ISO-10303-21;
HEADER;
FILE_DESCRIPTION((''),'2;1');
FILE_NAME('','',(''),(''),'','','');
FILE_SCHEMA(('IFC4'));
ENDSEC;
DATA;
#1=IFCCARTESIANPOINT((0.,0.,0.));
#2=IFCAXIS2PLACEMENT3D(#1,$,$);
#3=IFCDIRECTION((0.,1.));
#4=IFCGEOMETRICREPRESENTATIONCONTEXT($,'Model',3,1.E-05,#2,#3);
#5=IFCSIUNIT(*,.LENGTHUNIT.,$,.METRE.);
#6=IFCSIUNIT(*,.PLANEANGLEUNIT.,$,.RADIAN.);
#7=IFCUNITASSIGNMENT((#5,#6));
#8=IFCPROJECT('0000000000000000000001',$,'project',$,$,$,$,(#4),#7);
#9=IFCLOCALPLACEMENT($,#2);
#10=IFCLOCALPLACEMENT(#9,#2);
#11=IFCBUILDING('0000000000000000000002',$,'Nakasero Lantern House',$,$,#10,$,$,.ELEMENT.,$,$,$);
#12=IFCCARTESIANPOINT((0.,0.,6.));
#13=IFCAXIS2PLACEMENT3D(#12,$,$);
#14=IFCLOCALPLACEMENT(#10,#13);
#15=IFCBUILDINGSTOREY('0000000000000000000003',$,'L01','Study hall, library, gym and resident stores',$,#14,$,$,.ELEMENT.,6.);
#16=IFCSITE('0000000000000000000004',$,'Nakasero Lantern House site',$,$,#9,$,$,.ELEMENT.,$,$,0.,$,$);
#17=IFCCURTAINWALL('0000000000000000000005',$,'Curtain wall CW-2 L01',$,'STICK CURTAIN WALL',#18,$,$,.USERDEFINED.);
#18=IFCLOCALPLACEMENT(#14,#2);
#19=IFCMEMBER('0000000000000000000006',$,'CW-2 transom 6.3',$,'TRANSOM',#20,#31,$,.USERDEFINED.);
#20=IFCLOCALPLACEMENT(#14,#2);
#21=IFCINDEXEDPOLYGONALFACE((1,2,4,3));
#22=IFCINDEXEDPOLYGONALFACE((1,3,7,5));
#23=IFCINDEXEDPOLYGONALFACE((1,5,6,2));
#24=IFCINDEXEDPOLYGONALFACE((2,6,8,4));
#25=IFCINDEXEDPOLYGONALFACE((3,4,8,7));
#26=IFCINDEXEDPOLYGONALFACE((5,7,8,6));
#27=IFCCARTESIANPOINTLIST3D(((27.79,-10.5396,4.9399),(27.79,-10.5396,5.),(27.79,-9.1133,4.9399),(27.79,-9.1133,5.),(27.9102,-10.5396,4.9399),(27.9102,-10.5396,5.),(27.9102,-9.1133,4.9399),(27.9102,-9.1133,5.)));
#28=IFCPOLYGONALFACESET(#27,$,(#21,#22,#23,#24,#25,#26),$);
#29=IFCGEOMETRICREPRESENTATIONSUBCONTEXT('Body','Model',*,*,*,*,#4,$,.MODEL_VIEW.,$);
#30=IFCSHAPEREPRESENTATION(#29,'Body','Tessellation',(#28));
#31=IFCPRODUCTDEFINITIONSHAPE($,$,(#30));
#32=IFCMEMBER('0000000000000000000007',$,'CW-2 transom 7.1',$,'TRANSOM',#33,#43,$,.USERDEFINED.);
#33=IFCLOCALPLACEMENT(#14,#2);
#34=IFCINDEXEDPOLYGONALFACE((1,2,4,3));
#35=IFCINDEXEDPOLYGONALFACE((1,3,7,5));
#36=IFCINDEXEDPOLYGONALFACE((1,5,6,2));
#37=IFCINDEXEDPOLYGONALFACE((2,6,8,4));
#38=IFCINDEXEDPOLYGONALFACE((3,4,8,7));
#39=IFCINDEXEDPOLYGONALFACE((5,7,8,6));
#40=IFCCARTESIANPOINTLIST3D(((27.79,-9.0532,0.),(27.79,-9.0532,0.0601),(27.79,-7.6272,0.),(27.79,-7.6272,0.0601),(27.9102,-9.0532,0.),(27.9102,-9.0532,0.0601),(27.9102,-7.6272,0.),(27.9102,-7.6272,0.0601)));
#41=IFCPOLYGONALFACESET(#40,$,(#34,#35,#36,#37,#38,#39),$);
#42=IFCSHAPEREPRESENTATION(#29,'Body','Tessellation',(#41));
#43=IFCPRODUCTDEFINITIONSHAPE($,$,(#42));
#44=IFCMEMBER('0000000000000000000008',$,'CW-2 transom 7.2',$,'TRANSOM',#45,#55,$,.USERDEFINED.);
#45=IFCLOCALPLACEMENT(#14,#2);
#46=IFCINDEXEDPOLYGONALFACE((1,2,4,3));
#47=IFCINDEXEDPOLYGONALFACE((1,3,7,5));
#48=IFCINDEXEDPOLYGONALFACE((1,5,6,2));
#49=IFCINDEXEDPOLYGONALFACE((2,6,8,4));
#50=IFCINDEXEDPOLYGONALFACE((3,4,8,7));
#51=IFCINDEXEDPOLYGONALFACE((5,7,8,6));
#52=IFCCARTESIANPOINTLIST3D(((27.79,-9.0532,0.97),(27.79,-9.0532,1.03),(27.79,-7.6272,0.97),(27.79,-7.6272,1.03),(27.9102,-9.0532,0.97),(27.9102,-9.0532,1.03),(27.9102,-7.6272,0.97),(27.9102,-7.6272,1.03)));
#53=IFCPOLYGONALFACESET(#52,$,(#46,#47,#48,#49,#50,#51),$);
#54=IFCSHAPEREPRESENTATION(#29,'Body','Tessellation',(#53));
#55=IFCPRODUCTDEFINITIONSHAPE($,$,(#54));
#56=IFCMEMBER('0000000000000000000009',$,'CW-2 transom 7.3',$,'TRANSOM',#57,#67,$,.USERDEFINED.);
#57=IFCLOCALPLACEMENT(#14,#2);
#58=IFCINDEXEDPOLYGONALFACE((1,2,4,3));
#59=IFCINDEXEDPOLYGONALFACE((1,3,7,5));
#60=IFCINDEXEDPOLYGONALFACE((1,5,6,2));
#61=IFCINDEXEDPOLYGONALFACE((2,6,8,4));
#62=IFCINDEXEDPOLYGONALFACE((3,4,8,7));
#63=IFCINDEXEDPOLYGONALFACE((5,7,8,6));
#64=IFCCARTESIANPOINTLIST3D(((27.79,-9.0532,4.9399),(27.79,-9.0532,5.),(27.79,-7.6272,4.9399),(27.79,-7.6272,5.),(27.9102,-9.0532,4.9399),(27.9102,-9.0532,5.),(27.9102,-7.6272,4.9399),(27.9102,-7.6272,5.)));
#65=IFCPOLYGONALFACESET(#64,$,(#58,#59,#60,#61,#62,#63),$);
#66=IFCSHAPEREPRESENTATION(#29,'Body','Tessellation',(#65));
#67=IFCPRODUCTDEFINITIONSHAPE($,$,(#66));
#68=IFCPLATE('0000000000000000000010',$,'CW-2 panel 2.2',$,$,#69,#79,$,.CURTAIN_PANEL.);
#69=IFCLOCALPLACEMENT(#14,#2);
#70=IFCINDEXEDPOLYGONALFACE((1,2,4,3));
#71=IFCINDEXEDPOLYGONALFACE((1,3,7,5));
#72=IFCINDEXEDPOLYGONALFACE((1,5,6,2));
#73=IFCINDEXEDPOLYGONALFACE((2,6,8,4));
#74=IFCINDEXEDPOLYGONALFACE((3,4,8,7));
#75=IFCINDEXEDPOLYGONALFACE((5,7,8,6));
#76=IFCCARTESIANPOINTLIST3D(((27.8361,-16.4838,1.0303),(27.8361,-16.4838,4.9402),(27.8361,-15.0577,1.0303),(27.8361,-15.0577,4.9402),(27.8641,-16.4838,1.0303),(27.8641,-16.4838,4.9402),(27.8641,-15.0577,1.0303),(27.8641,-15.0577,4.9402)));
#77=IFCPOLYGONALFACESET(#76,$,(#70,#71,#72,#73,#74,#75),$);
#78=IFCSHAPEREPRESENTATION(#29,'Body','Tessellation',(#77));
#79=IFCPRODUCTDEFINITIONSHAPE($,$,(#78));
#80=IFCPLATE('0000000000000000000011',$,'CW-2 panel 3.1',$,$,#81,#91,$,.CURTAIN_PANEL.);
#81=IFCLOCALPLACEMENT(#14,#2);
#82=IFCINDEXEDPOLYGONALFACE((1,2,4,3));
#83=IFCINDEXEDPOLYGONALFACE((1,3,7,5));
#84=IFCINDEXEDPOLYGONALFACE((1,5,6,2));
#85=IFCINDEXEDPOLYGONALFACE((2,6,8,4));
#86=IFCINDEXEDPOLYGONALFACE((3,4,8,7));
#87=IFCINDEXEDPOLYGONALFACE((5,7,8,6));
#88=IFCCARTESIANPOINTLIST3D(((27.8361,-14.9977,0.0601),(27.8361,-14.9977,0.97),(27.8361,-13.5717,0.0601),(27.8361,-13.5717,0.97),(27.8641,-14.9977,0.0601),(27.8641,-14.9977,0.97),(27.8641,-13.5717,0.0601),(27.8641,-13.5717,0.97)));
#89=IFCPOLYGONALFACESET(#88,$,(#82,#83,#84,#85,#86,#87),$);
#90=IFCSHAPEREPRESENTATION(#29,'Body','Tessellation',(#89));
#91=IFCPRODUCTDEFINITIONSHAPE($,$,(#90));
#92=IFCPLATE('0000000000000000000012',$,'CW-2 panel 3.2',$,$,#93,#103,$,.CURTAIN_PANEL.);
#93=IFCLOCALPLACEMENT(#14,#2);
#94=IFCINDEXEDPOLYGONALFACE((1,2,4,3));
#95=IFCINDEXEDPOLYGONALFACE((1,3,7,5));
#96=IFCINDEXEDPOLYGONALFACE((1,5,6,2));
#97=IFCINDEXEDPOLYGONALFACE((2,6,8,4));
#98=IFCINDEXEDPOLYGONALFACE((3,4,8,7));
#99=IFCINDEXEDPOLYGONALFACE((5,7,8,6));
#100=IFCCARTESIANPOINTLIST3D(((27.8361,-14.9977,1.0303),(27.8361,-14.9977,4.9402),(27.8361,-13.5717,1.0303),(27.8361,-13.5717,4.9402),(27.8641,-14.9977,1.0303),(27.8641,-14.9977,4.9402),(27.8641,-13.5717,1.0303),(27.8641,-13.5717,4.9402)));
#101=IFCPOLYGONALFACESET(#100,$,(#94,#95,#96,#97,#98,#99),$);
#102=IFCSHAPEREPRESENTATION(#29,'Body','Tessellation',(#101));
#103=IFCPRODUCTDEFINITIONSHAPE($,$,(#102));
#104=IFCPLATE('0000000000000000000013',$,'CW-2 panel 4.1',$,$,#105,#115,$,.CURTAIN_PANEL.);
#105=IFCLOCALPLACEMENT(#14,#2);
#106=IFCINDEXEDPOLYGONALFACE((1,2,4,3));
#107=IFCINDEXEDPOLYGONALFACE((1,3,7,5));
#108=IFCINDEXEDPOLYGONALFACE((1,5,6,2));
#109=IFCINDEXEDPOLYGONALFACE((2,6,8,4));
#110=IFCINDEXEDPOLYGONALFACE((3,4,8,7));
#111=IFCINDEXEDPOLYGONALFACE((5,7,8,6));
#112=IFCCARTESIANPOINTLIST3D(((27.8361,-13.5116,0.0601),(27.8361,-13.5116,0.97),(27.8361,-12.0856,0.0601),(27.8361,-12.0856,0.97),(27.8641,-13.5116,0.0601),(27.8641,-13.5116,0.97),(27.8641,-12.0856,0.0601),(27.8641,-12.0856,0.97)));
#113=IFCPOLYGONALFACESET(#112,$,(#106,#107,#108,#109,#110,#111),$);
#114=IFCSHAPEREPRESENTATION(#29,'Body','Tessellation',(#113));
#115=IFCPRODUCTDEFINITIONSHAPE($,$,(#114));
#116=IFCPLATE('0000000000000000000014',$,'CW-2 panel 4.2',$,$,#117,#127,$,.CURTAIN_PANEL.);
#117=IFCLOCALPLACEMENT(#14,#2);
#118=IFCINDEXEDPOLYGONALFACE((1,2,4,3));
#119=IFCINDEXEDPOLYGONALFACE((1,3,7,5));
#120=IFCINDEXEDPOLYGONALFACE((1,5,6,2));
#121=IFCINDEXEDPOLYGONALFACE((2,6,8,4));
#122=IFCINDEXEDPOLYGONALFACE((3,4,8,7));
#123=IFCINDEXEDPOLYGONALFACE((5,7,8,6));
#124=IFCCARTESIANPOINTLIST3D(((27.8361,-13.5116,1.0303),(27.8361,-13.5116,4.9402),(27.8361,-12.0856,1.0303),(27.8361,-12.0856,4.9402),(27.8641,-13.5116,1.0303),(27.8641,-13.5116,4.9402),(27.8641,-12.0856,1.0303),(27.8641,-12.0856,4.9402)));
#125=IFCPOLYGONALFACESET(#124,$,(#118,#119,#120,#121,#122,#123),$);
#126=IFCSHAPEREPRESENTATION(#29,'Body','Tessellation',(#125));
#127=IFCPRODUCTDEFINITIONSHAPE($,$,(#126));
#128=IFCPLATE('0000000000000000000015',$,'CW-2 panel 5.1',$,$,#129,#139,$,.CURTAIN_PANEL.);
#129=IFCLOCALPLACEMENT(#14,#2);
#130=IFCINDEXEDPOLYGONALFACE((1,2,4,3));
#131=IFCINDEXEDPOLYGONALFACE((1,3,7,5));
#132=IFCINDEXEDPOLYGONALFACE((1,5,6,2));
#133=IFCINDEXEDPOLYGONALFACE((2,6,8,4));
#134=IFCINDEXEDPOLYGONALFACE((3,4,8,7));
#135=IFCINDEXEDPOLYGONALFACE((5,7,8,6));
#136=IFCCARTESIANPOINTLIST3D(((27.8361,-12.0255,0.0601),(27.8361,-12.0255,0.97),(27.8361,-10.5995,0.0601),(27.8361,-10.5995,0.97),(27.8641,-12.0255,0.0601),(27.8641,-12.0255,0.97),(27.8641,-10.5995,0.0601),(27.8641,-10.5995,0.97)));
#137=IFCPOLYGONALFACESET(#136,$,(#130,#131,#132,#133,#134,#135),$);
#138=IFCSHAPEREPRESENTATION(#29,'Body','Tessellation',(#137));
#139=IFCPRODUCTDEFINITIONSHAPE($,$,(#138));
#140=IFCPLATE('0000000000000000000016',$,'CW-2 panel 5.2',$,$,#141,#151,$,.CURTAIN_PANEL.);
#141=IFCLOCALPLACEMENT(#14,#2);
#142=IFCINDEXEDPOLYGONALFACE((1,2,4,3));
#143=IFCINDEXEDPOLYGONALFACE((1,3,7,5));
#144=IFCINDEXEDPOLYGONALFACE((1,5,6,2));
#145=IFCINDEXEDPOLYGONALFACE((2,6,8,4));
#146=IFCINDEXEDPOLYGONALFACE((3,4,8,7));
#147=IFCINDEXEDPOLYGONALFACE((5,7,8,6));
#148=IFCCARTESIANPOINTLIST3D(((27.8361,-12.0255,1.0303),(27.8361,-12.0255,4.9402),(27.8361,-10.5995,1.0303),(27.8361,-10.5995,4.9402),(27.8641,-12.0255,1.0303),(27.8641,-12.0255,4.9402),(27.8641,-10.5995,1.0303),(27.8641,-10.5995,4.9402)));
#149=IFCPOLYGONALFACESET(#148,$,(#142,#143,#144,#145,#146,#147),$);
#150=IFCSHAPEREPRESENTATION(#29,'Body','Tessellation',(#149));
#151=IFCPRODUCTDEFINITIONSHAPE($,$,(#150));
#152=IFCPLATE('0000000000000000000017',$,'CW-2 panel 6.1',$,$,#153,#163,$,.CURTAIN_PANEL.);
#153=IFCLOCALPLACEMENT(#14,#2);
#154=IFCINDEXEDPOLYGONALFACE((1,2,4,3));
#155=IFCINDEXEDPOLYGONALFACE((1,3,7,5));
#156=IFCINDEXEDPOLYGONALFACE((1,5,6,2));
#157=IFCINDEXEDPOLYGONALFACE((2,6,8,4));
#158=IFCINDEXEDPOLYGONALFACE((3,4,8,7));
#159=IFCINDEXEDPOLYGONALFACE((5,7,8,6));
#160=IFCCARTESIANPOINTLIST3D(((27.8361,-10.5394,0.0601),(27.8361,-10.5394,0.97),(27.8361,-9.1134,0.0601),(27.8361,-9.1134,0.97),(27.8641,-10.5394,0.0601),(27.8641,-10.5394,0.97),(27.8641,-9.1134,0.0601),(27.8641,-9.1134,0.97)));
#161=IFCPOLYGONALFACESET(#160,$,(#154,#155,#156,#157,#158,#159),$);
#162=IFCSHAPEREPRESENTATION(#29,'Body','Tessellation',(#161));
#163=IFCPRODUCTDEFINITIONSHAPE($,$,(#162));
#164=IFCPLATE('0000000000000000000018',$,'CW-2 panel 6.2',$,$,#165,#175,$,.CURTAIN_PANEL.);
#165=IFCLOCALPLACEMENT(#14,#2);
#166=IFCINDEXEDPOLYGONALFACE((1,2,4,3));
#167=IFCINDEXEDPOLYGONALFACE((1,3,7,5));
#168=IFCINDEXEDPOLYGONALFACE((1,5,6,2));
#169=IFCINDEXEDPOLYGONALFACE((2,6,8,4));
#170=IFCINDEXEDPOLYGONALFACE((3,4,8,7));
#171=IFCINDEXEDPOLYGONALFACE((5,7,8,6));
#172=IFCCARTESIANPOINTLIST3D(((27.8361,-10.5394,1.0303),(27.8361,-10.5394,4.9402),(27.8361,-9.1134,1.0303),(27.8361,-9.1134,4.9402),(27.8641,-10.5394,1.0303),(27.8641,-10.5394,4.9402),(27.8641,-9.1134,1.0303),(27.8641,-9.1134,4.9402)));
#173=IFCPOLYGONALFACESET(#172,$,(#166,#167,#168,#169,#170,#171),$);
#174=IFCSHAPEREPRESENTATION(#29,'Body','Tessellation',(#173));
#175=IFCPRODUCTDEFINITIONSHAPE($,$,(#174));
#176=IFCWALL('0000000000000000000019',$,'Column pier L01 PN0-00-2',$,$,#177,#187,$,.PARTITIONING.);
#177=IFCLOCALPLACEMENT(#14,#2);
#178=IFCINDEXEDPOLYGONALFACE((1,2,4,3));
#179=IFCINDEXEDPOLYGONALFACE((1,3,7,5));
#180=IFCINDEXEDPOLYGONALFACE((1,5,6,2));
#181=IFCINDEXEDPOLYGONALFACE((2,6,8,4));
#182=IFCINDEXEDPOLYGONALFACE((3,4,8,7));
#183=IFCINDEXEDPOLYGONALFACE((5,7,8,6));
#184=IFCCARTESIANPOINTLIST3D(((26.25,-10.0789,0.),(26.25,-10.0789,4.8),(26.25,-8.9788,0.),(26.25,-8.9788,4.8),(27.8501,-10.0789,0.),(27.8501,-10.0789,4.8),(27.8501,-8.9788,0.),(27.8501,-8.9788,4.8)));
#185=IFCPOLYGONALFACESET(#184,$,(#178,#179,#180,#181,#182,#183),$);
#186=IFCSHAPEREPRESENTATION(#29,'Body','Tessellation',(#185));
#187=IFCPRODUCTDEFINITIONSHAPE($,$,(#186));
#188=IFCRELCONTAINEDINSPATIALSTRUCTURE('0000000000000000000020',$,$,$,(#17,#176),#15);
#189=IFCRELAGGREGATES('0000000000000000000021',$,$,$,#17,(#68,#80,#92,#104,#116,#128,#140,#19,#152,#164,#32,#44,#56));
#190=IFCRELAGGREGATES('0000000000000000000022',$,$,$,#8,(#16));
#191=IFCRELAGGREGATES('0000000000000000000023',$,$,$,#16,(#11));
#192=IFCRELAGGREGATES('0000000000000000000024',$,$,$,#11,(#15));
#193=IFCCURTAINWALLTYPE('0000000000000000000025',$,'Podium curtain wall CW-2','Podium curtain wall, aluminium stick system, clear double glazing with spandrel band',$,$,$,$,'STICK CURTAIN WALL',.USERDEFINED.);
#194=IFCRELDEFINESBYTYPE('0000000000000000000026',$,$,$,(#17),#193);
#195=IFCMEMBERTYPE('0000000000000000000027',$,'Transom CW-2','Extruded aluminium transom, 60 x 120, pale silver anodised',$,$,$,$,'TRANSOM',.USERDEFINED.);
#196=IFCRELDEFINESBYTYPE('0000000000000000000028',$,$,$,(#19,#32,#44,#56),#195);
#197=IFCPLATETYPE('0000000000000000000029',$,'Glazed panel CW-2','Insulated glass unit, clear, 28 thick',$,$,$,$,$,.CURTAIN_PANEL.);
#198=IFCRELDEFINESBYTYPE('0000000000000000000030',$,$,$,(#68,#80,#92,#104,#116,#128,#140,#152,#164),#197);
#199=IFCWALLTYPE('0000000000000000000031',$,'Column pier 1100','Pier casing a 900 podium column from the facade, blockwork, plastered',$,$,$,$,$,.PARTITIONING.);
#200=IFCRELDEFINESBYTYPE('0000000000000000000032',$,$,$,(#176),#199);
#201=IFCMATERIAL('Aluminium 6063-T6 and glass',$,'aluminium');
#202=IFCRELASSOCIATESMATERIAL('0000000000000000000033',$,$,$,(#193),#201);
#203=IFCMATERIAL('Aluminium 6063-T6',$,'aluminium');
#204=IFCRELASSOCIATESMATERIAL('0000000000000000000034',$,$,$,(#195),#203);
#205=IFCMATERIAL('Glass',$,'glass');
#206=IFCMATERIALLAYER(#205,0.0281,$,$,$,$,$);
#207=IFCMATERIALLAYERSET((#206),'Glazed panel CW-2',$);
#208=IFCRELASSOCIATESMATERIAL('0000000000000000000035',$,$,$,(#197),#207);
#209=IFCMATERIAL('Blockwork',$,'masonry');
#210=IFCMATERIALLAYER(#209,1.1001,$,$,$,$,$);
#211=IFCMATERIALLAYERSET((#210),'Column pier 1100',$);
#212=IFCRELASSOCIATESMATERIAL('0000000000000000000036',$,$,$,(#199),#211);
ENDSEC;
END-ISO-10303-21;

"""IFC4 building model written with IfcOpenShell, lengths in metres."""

from ifc_helpers import new_model, si_unit, direction, frame, frame_2d, origin, origin_2d, place, context, subcontext, project, spatial, rectangle, extrude, material, layer, layer_set, material_profile, profile_set, type_object, element, aggregate, save


model = new_model("IFC4")

# Units and contexts
model_context = context("Model", 3, precision=1e-05, world=origin(), true_north=direction((0.0, 1.0)))
body_context = subcontext(model_context, "Body", "Model", "MODEL_VIEW")
ifc_project = project(units=[si_unit("LENGTHUNIT", "METRE"), si_unit("PLANEANGLEUNIT", "RADIAN")], contexts=[model_context])

# Site, building, storey
site_placement = place(None, origin())
site = spatial("IfcSite", under=ifc_project, at=site_placement, Name="Nakasero Lantern House site", CompositionType="ELEMENT", RefElevation=0.0)
building_placement = place(site_placement, origin())
building = spatial("IfcBuilding", under=site, at=building_placement, Name="Nakasero Lantern House", CompositionType="ELEMENT")
storey_placement = place(building_placement, frame((0.0, 0.0, 6.0)))
storey = spatial("IfcBuildingStorey", under=building, at=storey_placement, Name="L01", Description="Study hall, library, gym and resident stores", CompositionType="ELEMENT", Elevation=6.0)

# Curtain wall
ifc_material_1 = material(Name="Aluminium 6063-T6 and glass", Category="aluminium")
curtain_wall_type = type_object("IfcCurtainWallType", Name="Podium curtain wall CW-2", Description="Podium curtain wall, aluminium stick system, clear double glazing with spandrel band", ElementType="STICK CURTAIN WALL", PredefinedType="USERDEFINED", material=ifc_material_1)
curtain_wall_placement = place(storey_placement, origin())
curtain_wall = element("IfcCurtainWall", 1, at=curtain_wall_placement, inside=storey, type_object=curtain_wall_type, Name="Curtain wall CW-2 L01", ObjectType="STICK CURTAIN WALL", PredefinedType="USERDEFINED")

# Members
ifc_material_2 = material(Name="Aluminium 6063-T6", Category="aluminium")
ifc_material_profile_1 = material_profile(ifc_material_2, rectangle(XDim=0.0601, YDim=0.1201, at=origin_2d()), Name="CW-2 transom 60x120")
ifc_profile_set_1 = profile_set([ifc_material_profile_1], Name="Aluminium 6063-T6")
member_type_1 = type_object("IfcMemberType", Name="Transom CW-2", Description="Extruded aluminium transom, 60 x 120, pale silver anodised", ElementType="TRANSOM", PredefinedType="USERDEFINED", material=ifc_profile_set_1)
member_1_placement = place(storey_placement, frame((27.8501, -10.5396, 4.97), z_axis=(0.0, 1.0, 0.0), x_axis=(0.0, 0.0, 1.0)))
member_1 = element("IfcMember", 2, at=member_1_placement, type_object=member_type_1, Name="CW-2 transom 6.3", ObjectType="TRANSOM", PredefinedType="USERDEFINED", context=body_context, shape_type="SweptSolid", body=[
    extrude(rectangle(XDim=0.0601, YDim=0.1201, at=origin_2d()), origin(), (0.0, 0.0, 1.0), 1.4263),
])
member_2_placement = place(storey_placement, frame((27.8501, -9.0532, 0.03), z_axis=(0.0, 1.0, 0.0), x_axis=(0.0, 0.0, 1.0)))
member_2 = element("IfcMember", 3, at=member_2_placement, type_object=member_type_1, Name="CW-2 transom 7.1", ObjectType="TRANSOM", PredefinedType="USERDEFINED", context=body_context, shape_type="SweptSolid", body=[
    extrude(rectangle(XDim=0.0601, YDim=0.1201, at=origin_2d()), origin(), (0.0, 0.0, 1.0), 1.426),
])
member_3_placement = place(storey_placement, frame((27.8501, -9.0532, 1.0), z_axis=(0.0, 1.0, 0.0), x_axis=(0.0, 0.0, 1.0)))
member_3 = element("IfcMember", 4, at=member_3_placement, type_object=member_type_1, Name="CW-2 transom 7.2", ObjectType="TRANSOM", PredefinedType="USERDEFINED", context=body_context, shape_type="SweptSolid", body=[
    extrude(rectangle(XDim=0.0601, YDim=0.1201, at=origin_2d()), origin(), (0.0, 0.0, 1.0), 1.426),
])
member_4_placement = place(storey_placement, frame((27.8501, -9.0532, 4.97), z_axis=(0.0, 1.0, 0.0), x_axis=(0.0, 0.0, 1.0)))
member_4 = element("IfcMember", 5, at=member_4_placement, type_object=member_type_1, Name="CW-2 transom 7.3", ObjectType="TRANSOM", PredefinedType="USERDEFINED", context=body_context, shape_type="SweptSolid", body=[
    extrude(rectangle(XDim=0.0601, YDim=0.1201, at=origin_2d()), origin(), (0.0, 0.0, 1.0), 1.426),
])

# Plates
ifc_material_3 = material(Name="Glass", Category="glass")
ifc_layer_1 = layer(ifc_material_3, 0.0281)
ifc_layer_set_1 = layer_set([ifc_layer_1], Name="Glazed panel CW-2")
plate_type = type_object("IfcPlateType", Name="Glazed panel CW-2", Description="Insulated glass unit, clear, 28 thick", PredefinedType="CURTAIN_PANEL", material=ifc_layer_set_1)
plate_1_placement = place(storey_placement, frame((27.8501, -15.7708, 1.0303), z_axis=(0.0, 0.0, 1.0), x_axis=(0.0, 1.0, 0.0)))
plate_1 = element("IfcPlate", 6, at=plate_1_placement, type_object=plate_type, Name="CW-2 panel 2.2", PredefinedType="CURTAIN_PANEL", context=body_context, shape_type="SweptSolid", body=[
    extrude(rectangle(XDim=1.426, YDim=0.0281, at=origin_2d()), origin(), (0.0, 0.0, 1.0), 3.9099),
])
plate_2_placement = place(storey_placement, frame((27.8501, -14.2847, 0.0601), z_axis=(0.0, 0.0, 1.0), x_axis=(0.0, 1.0, 0.0)))
plate_2 = element("IfcPlate", 7, at=plate_2_placement, type_object=plate_type, Name="CW-2 panel 3.1", PredefinedType="CURTAIN_PANEL", context=body_context, shape_type="SweptSolid", body=[
    extrude(rectangle(XDim=1.426, YDim=0.0281, at=origin_2d()), origin(), (0.0, 0.0, 1.0), 0.9099),
])
plate_3_placement = place(storey_placement, frame((27.8501, -14.2847, 1.0303), z_axis=(0.0, 0.0, 1.0), x_axis=(0.0, 1.0, 0.0)))
plate_3 = element("IfcPlate", 8, at=plate_3_placement, type_object=plate_type, Name="CW-2 panel 3.2", PredefinedType="CURTAIN_PANEL", context=body_context, shape_type="SweptSolid", body=[
    extrude(rectangle(XDim=1.426, YDim=0.0281, at=origin_2d()), origin(), (0.0, 0.0, 1.0), 3.9099),
])
plate_4_placement = place(storey_placement, frame((27.8501, -12.7986, 0.0601), z_axis=(0.0, 0.0, 1.0), x_axis=(0.0, 1.0, 0.0)))
plate_4 = element("IfcPlate", 9, at=plate_4_placement, type_object=plate_type, Name="CW-2 panel 4.1", PredefinedType="CURTAIN_PANEL", context=body_context, shape_type="SweptSolid", body=[
    extrude(rectangle(XDim=1.426, YDim=0.0281, at=origin_2d()), origin(), (0.0, 0.0, 1.0), 0.9099),
])
plate_5_placement = place(storey_placement, frame((27.8501, -12.7986, 1.0303), z_axis=(0.0, 0.0, 1.0), x_axis=(0.0, 1.0, 0.0)))
plate_5 = element("IfcPlate", 10, at=plate_5_placement, type_object=plate_type, Name="CW-2 panel 4.2", PredefinedType="CURTAIN_PANEL", context=body_context, shape_type="SweptSolid", body=[
    extrude(rectangle(XDim=1.426, YDim=0.0281, at=origin_2d()), origin(), (0.0, 0.0, 1.0), 3.9099),
])
plate_6_placement = place(storey_placement, frame((27.8501, -11.3125, 0.0601), z_axis=(0.0, 0.0, 1.0), x_axis=(0.0, 1.0, 0.0)))
plate_6 = element("IfcPlate", 11, at=plate_6_placement, type_object=plate_type, Name="CW-2 panel 5.1", PredefinedType="CURTAIN_PANEL", context=body_context, shape_type="SweptSolid", body=[
    extrude(rectangle(XDim=1.426, YDim=0.0281, at=origin_2d()), origin(), (0.0, 0.0, 1.0), 0.9099),
])
plate_7_placement = place(storey_placement, frame((27.8501, -11.3125, 1.0303), z_axis=(0.0, 0.0, 1.0), x_axis=(0.0, 1.0, 0.0)))
plate_7 = element("IfcPlate", 12, at=plate_7_placement, type_object=plate_type, Name="CW-2 panel 5.2", PredefinedType="CURTAIN_PANEL", context=body_context, shape_type="SweptSolid", body=[
    extrude(rectangle(XDim=1.426, YDim=0.0281, at=origin_2d()), origin(), (0.0, 0.0, 1.0), 3.9099),
])
plate_8_placement = place(storey_placement, frame((27.8501, -9.8264, 0.0601), z_axis=(0.0, 0.0, 1.0), x_axis=(0.0, 1.0, 0.0)))
plate_8 = element("IfcPlate", 13, at=plate_8_placement, type_object=plate_type, Name="CW-2 panel 6.1", PredefinedType="CURTAIN_PANEL", context=body_context, shape_type="SweptSolid", body=[
    extrude(rectangle(XDim=1.426, YDim=0.0281, at=origin_2d()), origin(), (0.0, 0.0, 1.0), 0.9099),
])
plate_9_placement = place(storey_placement, frame((27.8501, -9.8264, 1.0303), z_axis=(0.0, 0.0, 1.0), x_axis=(0.0, 1.0, 0.0)))
plate_9 = element("IfcPlate", 14, at=plate_9_placement, type_object=plate_type, Name="CW-2 panel 6.2", PredefinedType="CURTAIN_PANEL", context=body_context, shape_type="SweptSolid", body=[
    extrude(rectangle(XDim=1.426, YDim=0.0281, at=origin_2d()), origin(), (0.0, 0.0, 1.0), 3.9099),
])
aggregate(curtain_wall, [plate_1, plate_2, plate_3, plate_4, plate_5, plate_6, plate_7, member_1, plate_8, plate_9, member_2, member_3, member_4])

# Wall
ifc_material_4 = material(Name="Blockwork", Category="masonry")
ifc_layer_2 = layer(ifc_material_4, 1.1001)
ifc_layer_set_2 = layer_set([ifc_layer_2], Name="Column pier 1100")
wall_type = type_object("IfcWallType", Name="Column pier 1100", Description="Pier casing a 900 podium column from the facade, blockwork, plastered", PredefinedType="PARTITIONING", material=ifc_layer_set_2)
wall_placement = place(storey_placement, frame((26.25, -9.5288, 0.0), z_axis=(0.0, 0.0, 1.0), x_axis=(1.0, 0.0, 0.0)))
element("IfcWall", 15, at=wall_placement, inside=storey, type_object=wall_type, Name="Column pier L01 PN0-00-2", PredefinedType="PARTITIONING", context=body_context, shape_type="SweptSolid", body=[
    extrude(rectangle(XDim=1.6001, YDim=1.1001, at=frame_2d((0.8, 0.0))), origin(), (0.0, 0.0, 1.0), 4.8),
])

save(model, "model.ifc")
